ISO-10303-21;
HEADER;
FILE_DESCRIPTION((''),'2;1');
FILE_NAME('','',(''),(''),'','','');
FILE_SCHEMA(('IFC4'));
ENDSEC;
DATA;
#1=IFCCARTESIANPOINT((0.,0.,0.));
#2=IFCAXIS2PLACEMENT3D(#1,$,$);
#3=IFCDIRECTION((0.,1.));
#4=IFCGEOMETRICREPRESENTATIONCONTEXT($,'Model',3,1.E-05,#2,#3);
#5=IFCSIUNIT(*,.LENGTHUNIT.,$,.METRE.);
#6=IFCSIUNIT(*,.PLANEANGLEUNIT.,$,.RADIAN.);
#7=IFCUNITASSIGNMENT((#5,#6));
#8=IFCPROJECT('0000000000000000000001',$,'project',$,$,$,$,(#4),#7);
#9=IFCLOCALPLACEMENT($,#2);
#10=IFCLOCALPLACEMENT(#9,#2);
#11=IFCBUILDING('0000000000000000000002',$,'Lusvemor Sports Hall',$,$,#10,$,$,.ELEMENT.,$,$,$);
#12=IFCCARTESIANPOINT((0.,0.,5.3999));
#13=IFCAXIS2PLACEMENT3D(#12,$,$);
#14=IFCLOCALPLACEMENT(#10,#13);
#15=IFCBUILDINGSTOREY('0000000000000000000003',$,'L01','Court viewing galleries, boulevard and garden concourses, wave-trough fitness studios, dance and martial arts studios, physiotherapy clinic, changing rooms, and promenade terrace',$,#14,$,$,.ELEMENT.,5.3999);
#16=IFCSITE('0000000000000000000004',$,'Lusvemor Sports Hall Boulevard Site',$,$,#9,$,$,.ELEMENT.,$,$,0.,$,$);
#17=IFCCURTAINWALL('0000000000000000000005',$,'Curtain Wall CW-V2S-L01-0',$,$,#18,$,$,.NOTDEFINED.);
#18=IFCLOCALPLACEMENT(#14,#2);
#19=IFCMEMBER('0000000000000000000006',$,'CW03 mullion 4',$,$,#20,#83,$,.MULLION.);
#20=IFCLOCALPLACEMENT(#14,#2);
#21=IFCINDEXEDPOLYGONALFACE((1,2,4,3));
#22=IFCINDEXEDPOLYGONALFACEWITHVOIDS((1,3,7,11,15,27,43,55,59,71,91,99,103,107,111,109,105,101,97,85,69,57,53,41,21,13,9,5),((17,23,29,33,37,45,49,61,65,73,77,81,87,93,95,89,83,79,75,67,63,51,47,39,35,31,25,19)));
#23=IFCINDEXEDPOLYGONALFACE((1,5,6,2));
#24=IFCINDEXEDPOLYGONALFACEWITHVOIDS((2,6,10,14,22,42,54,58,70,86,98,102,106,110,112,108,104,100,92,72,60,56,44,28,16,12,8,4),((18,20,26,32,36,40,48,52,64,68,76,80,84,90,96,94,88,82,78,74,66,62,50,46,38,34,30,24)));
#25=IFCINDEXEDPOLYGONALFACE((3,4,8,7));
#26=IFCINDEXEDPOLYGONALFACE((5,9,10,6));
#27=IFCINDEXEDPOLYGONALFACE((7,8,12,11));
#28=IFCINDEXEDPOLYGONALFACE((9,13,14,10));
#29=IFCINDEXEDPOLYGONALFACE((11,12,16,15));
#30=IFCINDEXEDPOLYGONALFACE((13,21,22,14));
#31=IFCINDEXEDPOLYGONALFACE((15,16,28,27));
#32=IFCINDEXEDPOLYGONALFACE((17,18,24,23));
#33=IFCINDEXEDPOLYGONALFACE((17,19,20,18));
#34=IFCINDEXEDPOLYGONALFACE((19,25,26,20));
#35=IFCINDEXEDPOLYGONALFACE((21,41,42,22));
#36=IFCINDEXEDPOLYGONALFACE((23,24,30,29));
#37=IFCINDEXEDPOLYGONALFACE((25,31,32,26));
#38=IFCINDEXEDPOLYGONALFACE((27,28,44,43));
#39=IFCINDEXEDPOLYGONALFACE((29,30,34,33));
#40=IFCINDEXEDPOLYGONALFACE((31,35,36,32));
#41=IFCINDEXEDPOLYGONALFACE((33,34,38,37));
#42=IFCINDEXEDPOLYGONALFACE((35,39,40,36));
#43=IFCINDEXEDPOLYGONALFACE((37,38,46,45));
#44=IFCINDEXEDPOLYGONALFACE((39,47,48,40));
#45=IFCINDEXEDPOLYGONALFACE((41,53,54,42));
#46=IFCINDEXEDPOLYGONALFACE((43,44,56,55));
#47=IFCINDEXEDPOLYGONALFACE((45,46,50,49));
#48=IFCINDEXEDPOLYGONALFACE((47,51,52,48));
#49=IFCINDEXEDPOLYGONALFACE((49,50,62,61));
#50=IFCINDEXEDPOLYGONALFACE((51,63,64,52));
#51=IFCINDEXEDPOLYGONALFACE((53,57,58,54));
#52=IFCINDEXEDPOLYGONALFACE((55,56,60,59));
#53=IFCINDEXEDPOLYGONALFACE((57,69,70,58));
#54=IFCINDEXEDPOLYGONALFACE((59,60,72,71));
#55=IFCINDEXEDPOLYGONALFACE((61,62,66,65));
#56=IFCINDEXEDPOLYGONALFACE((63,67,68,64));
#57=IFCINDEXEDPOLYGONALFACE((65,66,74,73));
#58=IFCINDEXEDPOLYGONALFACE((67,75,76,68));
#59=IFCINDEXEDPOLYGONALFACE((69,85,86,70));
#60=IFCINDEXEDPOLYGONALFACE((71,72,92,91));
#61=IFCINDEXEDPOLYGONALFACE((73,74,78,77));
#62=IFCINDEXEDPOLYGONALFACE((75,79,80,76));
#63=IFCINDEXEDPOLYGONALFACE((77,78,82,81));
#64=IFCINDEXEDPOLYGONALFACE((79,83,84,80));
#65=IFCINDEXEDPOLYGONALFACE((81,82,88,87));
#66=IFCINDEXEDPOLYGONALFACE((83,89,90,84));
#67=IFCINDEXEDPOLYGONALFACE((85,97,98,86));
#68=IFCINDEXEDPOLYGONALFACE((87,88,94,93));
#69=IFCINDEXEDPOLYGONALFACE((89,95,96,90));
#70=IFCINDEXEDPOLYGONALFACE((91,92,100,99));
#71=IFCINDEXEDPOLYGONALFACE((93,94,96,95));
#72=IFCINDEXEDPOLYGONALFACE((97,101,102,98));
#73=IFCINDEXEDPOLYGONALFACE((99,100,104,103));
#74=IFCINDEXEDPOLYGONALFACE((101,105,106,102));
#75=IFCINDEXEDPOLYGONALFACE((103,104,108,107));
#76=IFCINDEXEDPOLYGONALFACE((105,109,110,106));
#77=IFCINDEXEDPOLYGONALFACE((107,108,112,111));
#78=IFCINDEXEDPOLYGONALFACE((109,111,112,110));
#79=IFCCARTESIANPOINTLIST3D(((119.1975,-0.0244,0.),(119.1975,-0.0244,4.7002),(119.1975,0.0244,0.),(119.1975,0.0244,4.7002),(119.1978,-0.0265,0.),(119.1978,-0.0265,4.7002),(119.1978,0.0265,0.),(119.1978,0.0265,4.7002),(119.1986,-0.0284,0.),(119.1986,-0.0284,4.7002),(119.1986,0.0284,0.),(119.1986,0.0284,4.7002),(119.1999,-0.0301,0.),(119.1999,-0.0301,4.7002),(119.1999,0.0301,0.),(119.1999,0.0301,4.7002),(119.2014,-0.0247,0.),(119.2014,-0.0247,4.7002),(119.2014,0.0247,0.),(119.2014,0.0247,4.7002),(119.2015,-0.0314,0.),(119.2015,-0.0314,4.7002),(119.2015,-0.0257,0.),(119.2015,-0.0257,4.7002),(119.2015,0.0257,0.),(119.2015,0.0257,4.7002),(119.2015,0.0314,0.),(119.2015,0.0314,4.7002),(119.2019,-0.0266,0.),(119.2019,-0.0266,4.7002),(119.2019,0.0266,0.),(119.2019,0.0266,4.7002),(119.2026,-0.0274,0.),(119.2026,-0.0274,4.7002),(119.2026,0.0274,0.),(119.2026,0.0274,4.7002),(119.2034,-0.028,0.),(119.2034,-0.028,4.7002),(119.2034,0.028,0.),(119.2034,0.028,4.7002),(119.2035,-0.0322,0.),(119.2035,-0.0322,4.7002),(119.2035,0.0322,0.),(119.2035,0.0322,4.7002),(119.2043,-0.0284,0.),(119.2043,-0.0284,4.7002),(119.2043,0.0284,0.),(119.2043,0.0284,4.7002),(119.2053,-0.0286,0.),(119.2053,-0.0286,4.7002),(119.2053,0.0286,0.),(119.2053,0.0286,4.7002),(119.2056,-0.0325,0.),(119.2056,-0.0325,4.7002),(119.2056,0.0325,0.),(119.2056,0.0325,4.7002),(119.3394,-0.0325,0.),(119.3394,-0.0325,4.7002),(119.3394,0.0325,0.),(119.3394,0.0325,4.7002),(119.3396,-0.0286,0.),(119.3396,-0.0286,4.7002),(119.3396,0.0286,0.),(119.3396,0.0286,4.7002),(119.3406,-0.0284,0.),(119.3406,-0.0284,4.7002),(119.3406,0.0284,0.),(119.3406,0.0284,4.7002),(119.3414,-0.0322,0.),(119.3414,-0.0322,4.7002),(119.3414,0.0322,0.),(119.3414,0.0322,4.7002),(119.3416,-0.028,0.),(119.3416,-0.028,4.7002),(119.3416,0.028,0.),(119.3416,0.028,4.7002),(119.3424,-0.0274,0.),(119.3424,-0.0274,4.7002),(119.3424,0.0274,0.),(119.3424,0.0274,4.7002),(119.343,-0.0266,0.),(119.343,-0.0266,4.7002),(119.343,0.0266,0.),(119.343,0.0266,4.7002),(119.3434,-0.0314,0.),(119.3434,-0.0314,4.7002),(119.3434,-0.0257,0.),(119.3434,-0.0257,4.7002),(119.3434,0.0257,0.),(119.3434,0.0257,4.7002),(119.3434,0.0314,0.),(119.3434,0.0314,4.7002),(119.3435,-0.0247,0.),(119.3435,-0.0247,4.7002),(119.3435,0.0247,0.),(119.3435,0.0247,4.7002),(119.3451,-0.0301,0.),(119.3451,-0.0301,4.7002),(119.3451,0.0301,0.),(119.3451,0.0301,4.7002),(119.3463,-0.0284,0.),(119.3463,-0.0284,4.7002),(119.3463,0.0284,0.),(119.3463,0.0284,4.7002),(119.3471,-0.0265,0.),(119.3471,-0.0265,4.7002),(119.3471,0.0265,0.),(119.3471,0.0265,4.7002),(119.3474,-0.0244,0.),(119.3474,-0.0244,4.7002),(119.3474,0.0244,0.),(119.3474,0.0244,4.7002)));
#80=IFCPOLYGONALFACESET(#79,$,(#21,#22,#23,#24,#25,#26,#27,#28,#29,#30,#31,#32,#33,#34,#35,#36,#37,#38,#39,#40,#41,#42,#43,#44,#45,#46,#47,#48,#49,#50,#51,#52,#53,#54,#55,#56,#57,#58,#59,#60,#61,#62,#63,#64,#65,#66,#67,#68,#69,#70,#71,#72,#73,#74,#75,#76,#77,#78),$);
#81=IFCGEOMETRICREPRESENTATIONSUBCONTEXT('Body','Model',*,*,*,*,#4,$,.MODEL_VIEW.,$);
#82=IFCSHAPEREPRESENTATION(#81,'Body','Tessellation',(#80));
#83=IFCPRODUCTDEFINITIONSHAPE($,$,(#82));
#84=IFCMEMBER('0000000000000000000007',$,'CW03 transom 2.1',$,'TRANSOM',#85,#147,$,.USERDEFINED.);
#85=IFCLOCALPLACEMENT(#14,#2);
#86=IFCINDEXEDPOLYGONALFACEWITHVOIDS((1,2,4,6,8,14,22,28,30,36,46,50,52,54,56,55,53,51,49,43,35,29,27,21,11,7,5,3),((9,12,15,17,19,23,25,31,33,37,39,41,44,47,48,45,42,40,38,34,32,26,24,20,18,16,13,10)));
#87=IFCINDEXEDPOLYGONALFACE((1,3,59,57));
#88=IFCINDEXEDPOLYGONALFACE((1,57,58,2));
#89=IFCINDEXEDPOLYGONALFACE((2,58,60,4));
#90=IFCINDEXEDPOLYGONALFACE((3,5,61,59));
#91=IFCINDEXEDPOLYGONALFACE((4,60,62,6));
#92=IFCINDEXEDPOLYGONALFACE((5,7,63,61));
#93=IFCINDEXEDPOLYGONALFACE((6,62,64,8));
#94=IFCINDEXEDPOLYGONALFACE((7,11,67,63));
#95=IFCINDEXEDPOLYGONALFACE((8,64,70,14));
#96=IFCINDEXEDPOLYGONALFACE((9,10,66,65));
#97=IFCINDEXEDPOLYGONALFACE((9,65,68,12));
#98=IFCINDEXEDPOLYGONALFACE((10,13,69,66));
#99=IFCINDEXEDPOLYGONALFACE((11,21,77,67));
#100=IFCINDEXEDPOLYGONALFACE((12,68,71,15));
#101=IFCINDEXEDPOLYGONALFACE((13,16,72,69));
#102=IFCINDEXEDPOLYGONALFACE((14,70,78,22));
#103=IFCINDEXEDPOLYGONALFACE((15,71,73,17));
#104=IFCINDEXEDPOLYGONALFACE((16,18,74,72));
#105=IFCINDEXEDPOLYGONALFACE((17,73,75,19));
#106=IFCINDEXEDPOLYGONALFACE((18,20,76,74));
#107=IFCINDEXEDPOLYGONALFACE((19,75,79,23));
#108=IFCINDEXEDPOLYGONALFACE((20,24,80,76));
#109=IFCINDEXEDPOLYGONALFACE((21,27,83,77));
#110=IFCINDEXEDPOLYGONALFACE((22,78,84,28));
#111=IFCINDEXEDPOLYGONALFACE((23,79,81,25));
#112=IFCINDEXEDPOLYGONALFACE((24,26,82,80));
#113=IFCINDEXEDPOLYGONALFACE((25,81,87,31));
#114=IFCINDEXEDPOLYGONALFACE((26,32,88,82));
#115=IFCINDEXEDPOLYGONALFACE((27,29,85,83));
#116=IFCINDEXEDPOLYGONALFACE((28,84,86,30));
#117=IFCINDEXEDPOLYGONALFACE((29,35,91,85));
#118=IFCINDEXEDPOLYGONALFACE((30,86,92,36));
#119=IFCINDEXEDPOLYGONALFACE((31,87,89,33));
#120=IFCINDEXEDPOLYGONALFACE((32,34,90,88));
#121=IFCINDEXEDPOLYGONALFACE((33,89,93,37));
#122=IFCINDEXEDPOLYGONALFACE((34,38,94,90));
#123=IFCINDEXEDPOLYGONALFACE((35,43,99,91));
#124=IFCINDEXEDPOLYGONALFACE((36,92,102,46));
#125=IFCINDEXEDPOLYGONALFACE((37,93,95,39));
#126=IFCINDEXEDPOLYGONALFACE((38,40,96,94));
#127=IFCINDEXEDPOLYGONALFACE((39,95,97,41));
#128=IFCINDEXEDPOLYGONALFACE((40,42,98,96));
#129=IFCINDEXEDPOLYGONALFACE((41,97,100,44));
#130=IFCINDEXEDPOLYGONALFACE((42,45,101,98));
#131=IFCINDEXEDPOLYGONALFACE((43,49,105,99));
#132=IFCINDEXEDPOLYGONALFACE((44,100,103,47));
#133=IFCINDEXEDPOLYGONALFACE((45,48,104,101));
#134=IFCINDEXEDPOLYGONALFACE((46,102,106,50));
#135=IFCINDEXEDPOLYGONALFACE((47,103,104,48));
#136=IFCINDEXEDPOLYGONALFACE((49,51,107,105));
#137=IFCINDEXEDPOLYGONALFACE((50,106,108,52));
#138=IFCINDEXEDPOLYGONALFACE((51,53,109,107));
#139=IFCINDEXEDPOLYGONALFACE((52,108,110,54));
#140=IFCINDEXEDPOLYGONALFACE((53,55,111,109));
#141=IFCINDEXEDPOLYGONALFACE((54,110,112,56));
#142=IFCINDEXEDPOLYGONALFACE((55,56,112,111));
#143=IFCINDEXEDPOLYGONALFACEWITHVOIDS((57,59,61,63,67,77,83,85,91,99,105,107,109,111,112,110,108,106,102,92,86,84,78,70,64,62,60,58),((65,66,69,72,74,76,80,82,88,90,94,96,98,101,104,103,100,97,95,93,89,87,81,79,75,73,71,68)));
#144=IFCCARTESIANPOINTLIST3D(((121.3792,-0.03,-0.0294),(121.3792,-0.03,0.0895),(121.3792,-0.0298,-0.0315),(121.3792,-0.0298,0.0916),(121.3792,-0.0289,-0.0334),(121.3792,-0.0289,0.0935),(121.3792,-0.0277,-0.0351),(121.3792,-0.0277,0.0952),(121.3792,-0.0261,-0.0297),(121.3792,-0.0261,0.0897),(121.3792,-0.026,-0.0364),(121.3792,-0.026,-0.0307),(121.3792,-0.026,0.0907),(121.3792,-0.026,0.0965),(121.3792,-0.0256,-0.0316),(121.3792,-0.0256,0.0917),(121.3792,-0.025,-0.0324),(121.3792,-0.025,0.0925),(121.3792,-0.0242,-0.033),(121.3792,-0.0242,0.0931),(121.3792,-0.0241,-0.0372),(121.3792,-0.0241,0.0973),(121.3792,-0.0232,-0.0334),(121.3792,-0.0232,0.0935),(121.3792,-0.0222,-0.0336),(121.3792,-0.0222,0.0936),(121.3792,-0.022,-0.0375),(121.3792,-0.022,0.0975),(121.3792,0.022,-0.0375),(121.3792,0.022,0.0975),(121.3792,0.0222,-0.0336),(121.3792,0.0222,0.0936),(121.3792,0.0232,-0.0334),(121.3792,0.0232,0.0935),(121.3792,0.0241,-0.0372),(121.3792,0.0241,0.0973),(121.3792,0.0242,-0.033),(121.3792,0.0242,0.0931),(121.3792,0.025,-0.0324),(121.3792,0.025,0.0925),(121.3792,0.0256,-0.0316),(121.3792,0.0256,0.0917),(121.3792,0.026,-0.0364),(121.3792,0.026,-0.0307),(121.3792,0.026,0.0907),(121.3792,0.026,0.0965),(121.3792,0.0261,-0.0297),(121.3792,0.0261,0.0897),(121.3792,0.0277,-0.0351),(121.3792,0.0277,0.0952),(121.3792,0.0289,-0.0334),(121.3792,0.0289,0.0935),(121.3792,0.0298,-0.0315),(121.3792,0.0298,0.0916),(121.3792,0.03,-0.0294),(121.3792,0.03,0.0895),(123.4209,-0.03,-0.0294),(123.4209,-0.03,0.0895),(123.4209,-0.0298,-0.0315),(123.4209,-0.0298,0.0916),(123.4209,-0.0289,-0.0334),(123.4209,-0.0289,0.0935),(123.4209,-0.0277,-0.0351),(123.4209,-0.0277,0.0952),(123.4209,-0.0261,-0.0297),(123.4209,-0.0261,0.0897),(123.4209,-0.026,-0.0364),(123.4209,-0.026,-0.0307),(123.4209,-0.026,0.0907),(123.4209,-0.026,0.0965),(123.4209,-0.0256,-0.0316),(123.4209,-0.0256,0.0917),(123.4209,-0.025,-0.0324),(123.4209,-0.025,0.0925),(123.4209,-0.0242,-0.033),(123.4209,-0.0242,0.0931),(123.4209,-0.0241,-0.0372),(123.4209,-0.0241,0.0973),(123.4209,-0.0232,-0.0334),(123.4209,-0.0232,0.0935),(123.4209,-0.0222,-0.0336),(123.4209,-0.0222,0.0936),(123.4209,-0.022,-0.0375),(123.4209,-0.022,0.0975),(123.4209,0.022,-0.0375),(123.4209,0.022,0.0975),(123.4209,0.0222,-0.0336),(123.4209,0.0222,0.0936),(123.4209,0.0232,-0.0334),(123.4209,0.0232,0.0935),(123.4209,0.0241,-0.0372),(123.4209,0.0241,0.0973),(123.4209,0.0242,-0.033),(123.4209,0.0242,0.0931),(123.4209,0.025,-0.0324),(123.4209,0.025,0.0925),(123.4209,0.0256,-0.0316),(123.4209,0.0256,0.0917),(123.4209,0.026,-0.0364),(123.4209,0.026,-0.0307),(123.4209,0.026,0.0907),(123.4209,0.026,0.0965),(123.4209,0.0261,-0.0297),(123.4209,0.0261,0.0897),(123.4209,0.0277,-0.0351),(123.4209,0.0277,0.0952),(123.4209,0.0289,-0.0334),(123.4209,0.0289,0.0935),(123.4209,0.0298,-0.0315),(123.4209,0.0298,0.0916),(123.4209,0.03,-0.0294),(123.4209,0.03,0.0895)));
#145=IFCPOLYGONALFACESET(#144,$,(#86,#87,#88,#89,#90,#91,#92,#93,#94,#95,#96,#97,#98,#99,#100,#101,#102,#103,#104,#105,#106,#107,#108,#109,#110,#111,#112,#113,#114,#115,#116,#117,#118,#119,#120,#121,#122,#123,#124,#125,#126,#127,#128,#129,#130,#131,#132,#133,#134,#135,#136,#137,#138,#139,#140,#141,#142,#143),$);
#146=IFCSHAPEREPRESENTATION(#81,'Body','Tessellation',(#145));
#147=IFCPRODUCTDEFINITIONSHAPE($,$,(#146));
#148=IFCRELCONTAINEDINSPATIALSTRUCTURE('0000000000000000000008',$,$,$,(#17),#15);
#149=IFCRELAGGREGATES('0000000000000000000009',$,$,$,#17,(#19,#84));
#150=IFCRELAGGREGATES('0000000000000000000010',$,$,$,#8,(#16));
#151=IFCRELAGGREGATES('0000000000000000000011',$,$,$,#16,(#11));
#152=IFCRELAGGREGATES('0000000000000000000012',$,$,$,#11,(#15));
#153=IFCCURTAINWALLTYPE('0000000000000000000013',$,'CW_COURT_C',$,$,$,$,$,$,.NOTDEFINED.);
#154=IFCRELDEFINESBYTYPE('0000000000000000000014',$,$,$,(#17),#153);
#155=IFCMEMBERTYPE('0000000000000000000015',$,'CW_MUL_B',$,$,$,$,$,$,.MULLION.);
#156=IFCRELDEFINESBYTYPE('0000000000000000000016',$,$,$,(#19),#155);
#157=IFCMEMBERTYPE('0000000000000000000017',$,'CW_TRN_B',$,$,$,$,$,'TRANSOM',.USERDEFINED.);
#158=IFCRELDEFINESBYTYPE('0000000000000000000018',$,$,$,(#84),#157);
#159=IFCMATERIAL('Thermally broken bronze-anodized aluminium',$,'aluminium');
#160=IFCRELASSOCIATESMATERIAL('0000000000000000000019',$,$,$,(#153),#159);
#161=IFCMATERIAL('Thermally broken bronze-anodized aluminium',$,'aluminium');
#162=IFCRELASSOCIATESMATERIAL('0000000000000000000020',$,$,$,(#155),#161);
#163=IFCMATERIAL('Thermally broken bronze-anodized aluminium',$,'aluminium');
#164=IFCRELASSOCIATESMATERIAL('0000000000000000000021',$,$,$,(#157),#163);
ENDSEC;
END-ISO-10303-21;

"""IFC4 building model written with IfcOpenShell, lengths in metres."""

from ifc_helpers import new_model, si_unit, direction, frame, origin, origin_2d, place, context, subcontext, project, spatial, hollow_rectangle, extrude, material, material_profile, profile_set, type_object, element, aggregate, save


model = new_model("IFC4")

# Units and contexts
model_context = context("Model", 3, precision=1e-05, world=origin(), true_north=direction((0.0, 1.0)))
body_context = subcontext(model_context, "Body", "Model", "MODEL_VIEW")
ifc_project = project(units=[si_unit("LENGTHUNIT", "METRE"), si_unit("PLANEANGLEUNIT", "RADIAN")], contexts=[model_context])

# Site, building, storey
site_placement = place(None, origin())
site = spatial("IfcSite", under=ifc_project, at=site_placement, Name="Lusvemor Sports Hall Boulevard Site", CompositionType="ELEMENT", RefElevation=0.0)
building_placement = place(site_placement, origin())
building = spatial("IfcBuilding", under=site, at=building_placement, Name="Lusvemor Sports Hall", CompositionType="ELEMENT")
storey_placement = place(building_placement, frame((0.0, 0.0, 5.3999)))
storey = spatial("IfcBuildingStorey", under=building, at=storey_placement, Name="L01", Description="Court viewing galleries, boulevard and garden concourses, wave-trough fitness studios, dance and martial arts studios, physiotherapy clinic, changing rooms, and promenade terrace", CompositionType="ELEMENT", Elevation=5.3999)

# Curtain wall, members
ifc_material_1 = material(Name="Thermally broken bronze-anodized aluminium", Category="aluminium")
curtain_wall_type = type_object("IfcCurtainWallType", Name="CW_COURT_C", PredefinedType="NOTDEFINED", material=ifc_material_1)
curtain_wall_placement = place(storey_placement, origin())
curtain_wall = element("IfcCurtainWall", 1, at=curtain_wall_placement, inside=storey, type_object=curtain_wall_type, Name="Curtain Wall CW-V2S-L01-0", PredefinedType="NOTDEFINED")
ifc_material_2 = material(Name="Thermally broken bronze-anodized aluminium", Category="aluminium")
ifc_material_profile_1 = material_profile(ifc_material_2, hollow_rectangle(XDim=0.0649, YDim=0.1499, WallThickness=0.0039, InnerFilletRadius=0.0039, OuterFilletRadius=0.0081, at=origin_2d()), Name="CWMUL150x65x4")
ifc_profile_set_1 = profile_set([ifc_material_profile_1], Name="Thermally broken bronze-anodized aluminium")
member_type_1 = type_object("IfcMemberType", Name="CW_MUL_B", PredefinedType="MULLION", material=ifc_profile_set_1)
member_1_placement = place(storey_placement, frame((119.2725, 0.0, 0.0), z_axis=(0.0, 0.0, 1.0), x_axis=(0.0, -1.0, 0.0)))
member_1 = element("IfcMember", 2, at=member_1_placement, type_object=member_type_1, Name="CW03 mullion 4", PredefinedType="MULLION", context=body_context, shape_type="SweptSolid", body=[
    extrude(hollow_rectangle(XDim=0.0649, YDim=0.1499, WallThickness=0.0039, InnerFilletRadius=0.0039, OuterFilletRadius=0.0081, at=origin_2d()), origin(), (0.0, 0.0, 1.0), 4.7002),
])
ifc_material_3 = material(Name="Thermally broken bronze-anodized aluminium", Category="aluminium")
ifc_material_profile_2 = material_profile(ifc_material_3, hollow_rectangle(XDim=0.0601, YDim=0.135, WallThickness=0.0039, InnerFilletRadius=0.0039, OuterFilletRadius=0.0081, at=origin_2d()), Name="CWTRN135x60x4")
ifc_profile_set_2 = profile_set([ifc_material_profile_2], Name="Thermally broken bronze-anodized aluminium")
member_type_2 = type_object("IfcMemberType", Name="CW_TRN_B", ElementType="TRANSOM", PredefinedType="USERDEFINED", material=ifc_profile_set_2)
member_2_placement = place(storey_placement, frame((123.4209, 0.0, 0.03), z_axis=(-1.0, 0.0, 0.0), x_axis=(0.0, -1.0, 0.0)))
member_2 = element("IfcMember", 3, at=member_2_placement, type_object=member_type_2, Name="CW03 transom 2.1", ObjectType="TRANSOM", PredefinedType="USERDEFINED", context=body_context, shape_type="SweptSolid", body=[
    extrude(hollow_rectangle(XDim=0.0601, YDim=0.135, WallThickness=0.0039, InnerFilletRadius=0.0039, OuterFilletRadius=0.0081, at=origin_2d()), origin(), (0.0, 0.0, 1.0), 2.0417),
])

aggregate(curtain_wall, [member_1, member_2])

save(model, "model.ifc")
